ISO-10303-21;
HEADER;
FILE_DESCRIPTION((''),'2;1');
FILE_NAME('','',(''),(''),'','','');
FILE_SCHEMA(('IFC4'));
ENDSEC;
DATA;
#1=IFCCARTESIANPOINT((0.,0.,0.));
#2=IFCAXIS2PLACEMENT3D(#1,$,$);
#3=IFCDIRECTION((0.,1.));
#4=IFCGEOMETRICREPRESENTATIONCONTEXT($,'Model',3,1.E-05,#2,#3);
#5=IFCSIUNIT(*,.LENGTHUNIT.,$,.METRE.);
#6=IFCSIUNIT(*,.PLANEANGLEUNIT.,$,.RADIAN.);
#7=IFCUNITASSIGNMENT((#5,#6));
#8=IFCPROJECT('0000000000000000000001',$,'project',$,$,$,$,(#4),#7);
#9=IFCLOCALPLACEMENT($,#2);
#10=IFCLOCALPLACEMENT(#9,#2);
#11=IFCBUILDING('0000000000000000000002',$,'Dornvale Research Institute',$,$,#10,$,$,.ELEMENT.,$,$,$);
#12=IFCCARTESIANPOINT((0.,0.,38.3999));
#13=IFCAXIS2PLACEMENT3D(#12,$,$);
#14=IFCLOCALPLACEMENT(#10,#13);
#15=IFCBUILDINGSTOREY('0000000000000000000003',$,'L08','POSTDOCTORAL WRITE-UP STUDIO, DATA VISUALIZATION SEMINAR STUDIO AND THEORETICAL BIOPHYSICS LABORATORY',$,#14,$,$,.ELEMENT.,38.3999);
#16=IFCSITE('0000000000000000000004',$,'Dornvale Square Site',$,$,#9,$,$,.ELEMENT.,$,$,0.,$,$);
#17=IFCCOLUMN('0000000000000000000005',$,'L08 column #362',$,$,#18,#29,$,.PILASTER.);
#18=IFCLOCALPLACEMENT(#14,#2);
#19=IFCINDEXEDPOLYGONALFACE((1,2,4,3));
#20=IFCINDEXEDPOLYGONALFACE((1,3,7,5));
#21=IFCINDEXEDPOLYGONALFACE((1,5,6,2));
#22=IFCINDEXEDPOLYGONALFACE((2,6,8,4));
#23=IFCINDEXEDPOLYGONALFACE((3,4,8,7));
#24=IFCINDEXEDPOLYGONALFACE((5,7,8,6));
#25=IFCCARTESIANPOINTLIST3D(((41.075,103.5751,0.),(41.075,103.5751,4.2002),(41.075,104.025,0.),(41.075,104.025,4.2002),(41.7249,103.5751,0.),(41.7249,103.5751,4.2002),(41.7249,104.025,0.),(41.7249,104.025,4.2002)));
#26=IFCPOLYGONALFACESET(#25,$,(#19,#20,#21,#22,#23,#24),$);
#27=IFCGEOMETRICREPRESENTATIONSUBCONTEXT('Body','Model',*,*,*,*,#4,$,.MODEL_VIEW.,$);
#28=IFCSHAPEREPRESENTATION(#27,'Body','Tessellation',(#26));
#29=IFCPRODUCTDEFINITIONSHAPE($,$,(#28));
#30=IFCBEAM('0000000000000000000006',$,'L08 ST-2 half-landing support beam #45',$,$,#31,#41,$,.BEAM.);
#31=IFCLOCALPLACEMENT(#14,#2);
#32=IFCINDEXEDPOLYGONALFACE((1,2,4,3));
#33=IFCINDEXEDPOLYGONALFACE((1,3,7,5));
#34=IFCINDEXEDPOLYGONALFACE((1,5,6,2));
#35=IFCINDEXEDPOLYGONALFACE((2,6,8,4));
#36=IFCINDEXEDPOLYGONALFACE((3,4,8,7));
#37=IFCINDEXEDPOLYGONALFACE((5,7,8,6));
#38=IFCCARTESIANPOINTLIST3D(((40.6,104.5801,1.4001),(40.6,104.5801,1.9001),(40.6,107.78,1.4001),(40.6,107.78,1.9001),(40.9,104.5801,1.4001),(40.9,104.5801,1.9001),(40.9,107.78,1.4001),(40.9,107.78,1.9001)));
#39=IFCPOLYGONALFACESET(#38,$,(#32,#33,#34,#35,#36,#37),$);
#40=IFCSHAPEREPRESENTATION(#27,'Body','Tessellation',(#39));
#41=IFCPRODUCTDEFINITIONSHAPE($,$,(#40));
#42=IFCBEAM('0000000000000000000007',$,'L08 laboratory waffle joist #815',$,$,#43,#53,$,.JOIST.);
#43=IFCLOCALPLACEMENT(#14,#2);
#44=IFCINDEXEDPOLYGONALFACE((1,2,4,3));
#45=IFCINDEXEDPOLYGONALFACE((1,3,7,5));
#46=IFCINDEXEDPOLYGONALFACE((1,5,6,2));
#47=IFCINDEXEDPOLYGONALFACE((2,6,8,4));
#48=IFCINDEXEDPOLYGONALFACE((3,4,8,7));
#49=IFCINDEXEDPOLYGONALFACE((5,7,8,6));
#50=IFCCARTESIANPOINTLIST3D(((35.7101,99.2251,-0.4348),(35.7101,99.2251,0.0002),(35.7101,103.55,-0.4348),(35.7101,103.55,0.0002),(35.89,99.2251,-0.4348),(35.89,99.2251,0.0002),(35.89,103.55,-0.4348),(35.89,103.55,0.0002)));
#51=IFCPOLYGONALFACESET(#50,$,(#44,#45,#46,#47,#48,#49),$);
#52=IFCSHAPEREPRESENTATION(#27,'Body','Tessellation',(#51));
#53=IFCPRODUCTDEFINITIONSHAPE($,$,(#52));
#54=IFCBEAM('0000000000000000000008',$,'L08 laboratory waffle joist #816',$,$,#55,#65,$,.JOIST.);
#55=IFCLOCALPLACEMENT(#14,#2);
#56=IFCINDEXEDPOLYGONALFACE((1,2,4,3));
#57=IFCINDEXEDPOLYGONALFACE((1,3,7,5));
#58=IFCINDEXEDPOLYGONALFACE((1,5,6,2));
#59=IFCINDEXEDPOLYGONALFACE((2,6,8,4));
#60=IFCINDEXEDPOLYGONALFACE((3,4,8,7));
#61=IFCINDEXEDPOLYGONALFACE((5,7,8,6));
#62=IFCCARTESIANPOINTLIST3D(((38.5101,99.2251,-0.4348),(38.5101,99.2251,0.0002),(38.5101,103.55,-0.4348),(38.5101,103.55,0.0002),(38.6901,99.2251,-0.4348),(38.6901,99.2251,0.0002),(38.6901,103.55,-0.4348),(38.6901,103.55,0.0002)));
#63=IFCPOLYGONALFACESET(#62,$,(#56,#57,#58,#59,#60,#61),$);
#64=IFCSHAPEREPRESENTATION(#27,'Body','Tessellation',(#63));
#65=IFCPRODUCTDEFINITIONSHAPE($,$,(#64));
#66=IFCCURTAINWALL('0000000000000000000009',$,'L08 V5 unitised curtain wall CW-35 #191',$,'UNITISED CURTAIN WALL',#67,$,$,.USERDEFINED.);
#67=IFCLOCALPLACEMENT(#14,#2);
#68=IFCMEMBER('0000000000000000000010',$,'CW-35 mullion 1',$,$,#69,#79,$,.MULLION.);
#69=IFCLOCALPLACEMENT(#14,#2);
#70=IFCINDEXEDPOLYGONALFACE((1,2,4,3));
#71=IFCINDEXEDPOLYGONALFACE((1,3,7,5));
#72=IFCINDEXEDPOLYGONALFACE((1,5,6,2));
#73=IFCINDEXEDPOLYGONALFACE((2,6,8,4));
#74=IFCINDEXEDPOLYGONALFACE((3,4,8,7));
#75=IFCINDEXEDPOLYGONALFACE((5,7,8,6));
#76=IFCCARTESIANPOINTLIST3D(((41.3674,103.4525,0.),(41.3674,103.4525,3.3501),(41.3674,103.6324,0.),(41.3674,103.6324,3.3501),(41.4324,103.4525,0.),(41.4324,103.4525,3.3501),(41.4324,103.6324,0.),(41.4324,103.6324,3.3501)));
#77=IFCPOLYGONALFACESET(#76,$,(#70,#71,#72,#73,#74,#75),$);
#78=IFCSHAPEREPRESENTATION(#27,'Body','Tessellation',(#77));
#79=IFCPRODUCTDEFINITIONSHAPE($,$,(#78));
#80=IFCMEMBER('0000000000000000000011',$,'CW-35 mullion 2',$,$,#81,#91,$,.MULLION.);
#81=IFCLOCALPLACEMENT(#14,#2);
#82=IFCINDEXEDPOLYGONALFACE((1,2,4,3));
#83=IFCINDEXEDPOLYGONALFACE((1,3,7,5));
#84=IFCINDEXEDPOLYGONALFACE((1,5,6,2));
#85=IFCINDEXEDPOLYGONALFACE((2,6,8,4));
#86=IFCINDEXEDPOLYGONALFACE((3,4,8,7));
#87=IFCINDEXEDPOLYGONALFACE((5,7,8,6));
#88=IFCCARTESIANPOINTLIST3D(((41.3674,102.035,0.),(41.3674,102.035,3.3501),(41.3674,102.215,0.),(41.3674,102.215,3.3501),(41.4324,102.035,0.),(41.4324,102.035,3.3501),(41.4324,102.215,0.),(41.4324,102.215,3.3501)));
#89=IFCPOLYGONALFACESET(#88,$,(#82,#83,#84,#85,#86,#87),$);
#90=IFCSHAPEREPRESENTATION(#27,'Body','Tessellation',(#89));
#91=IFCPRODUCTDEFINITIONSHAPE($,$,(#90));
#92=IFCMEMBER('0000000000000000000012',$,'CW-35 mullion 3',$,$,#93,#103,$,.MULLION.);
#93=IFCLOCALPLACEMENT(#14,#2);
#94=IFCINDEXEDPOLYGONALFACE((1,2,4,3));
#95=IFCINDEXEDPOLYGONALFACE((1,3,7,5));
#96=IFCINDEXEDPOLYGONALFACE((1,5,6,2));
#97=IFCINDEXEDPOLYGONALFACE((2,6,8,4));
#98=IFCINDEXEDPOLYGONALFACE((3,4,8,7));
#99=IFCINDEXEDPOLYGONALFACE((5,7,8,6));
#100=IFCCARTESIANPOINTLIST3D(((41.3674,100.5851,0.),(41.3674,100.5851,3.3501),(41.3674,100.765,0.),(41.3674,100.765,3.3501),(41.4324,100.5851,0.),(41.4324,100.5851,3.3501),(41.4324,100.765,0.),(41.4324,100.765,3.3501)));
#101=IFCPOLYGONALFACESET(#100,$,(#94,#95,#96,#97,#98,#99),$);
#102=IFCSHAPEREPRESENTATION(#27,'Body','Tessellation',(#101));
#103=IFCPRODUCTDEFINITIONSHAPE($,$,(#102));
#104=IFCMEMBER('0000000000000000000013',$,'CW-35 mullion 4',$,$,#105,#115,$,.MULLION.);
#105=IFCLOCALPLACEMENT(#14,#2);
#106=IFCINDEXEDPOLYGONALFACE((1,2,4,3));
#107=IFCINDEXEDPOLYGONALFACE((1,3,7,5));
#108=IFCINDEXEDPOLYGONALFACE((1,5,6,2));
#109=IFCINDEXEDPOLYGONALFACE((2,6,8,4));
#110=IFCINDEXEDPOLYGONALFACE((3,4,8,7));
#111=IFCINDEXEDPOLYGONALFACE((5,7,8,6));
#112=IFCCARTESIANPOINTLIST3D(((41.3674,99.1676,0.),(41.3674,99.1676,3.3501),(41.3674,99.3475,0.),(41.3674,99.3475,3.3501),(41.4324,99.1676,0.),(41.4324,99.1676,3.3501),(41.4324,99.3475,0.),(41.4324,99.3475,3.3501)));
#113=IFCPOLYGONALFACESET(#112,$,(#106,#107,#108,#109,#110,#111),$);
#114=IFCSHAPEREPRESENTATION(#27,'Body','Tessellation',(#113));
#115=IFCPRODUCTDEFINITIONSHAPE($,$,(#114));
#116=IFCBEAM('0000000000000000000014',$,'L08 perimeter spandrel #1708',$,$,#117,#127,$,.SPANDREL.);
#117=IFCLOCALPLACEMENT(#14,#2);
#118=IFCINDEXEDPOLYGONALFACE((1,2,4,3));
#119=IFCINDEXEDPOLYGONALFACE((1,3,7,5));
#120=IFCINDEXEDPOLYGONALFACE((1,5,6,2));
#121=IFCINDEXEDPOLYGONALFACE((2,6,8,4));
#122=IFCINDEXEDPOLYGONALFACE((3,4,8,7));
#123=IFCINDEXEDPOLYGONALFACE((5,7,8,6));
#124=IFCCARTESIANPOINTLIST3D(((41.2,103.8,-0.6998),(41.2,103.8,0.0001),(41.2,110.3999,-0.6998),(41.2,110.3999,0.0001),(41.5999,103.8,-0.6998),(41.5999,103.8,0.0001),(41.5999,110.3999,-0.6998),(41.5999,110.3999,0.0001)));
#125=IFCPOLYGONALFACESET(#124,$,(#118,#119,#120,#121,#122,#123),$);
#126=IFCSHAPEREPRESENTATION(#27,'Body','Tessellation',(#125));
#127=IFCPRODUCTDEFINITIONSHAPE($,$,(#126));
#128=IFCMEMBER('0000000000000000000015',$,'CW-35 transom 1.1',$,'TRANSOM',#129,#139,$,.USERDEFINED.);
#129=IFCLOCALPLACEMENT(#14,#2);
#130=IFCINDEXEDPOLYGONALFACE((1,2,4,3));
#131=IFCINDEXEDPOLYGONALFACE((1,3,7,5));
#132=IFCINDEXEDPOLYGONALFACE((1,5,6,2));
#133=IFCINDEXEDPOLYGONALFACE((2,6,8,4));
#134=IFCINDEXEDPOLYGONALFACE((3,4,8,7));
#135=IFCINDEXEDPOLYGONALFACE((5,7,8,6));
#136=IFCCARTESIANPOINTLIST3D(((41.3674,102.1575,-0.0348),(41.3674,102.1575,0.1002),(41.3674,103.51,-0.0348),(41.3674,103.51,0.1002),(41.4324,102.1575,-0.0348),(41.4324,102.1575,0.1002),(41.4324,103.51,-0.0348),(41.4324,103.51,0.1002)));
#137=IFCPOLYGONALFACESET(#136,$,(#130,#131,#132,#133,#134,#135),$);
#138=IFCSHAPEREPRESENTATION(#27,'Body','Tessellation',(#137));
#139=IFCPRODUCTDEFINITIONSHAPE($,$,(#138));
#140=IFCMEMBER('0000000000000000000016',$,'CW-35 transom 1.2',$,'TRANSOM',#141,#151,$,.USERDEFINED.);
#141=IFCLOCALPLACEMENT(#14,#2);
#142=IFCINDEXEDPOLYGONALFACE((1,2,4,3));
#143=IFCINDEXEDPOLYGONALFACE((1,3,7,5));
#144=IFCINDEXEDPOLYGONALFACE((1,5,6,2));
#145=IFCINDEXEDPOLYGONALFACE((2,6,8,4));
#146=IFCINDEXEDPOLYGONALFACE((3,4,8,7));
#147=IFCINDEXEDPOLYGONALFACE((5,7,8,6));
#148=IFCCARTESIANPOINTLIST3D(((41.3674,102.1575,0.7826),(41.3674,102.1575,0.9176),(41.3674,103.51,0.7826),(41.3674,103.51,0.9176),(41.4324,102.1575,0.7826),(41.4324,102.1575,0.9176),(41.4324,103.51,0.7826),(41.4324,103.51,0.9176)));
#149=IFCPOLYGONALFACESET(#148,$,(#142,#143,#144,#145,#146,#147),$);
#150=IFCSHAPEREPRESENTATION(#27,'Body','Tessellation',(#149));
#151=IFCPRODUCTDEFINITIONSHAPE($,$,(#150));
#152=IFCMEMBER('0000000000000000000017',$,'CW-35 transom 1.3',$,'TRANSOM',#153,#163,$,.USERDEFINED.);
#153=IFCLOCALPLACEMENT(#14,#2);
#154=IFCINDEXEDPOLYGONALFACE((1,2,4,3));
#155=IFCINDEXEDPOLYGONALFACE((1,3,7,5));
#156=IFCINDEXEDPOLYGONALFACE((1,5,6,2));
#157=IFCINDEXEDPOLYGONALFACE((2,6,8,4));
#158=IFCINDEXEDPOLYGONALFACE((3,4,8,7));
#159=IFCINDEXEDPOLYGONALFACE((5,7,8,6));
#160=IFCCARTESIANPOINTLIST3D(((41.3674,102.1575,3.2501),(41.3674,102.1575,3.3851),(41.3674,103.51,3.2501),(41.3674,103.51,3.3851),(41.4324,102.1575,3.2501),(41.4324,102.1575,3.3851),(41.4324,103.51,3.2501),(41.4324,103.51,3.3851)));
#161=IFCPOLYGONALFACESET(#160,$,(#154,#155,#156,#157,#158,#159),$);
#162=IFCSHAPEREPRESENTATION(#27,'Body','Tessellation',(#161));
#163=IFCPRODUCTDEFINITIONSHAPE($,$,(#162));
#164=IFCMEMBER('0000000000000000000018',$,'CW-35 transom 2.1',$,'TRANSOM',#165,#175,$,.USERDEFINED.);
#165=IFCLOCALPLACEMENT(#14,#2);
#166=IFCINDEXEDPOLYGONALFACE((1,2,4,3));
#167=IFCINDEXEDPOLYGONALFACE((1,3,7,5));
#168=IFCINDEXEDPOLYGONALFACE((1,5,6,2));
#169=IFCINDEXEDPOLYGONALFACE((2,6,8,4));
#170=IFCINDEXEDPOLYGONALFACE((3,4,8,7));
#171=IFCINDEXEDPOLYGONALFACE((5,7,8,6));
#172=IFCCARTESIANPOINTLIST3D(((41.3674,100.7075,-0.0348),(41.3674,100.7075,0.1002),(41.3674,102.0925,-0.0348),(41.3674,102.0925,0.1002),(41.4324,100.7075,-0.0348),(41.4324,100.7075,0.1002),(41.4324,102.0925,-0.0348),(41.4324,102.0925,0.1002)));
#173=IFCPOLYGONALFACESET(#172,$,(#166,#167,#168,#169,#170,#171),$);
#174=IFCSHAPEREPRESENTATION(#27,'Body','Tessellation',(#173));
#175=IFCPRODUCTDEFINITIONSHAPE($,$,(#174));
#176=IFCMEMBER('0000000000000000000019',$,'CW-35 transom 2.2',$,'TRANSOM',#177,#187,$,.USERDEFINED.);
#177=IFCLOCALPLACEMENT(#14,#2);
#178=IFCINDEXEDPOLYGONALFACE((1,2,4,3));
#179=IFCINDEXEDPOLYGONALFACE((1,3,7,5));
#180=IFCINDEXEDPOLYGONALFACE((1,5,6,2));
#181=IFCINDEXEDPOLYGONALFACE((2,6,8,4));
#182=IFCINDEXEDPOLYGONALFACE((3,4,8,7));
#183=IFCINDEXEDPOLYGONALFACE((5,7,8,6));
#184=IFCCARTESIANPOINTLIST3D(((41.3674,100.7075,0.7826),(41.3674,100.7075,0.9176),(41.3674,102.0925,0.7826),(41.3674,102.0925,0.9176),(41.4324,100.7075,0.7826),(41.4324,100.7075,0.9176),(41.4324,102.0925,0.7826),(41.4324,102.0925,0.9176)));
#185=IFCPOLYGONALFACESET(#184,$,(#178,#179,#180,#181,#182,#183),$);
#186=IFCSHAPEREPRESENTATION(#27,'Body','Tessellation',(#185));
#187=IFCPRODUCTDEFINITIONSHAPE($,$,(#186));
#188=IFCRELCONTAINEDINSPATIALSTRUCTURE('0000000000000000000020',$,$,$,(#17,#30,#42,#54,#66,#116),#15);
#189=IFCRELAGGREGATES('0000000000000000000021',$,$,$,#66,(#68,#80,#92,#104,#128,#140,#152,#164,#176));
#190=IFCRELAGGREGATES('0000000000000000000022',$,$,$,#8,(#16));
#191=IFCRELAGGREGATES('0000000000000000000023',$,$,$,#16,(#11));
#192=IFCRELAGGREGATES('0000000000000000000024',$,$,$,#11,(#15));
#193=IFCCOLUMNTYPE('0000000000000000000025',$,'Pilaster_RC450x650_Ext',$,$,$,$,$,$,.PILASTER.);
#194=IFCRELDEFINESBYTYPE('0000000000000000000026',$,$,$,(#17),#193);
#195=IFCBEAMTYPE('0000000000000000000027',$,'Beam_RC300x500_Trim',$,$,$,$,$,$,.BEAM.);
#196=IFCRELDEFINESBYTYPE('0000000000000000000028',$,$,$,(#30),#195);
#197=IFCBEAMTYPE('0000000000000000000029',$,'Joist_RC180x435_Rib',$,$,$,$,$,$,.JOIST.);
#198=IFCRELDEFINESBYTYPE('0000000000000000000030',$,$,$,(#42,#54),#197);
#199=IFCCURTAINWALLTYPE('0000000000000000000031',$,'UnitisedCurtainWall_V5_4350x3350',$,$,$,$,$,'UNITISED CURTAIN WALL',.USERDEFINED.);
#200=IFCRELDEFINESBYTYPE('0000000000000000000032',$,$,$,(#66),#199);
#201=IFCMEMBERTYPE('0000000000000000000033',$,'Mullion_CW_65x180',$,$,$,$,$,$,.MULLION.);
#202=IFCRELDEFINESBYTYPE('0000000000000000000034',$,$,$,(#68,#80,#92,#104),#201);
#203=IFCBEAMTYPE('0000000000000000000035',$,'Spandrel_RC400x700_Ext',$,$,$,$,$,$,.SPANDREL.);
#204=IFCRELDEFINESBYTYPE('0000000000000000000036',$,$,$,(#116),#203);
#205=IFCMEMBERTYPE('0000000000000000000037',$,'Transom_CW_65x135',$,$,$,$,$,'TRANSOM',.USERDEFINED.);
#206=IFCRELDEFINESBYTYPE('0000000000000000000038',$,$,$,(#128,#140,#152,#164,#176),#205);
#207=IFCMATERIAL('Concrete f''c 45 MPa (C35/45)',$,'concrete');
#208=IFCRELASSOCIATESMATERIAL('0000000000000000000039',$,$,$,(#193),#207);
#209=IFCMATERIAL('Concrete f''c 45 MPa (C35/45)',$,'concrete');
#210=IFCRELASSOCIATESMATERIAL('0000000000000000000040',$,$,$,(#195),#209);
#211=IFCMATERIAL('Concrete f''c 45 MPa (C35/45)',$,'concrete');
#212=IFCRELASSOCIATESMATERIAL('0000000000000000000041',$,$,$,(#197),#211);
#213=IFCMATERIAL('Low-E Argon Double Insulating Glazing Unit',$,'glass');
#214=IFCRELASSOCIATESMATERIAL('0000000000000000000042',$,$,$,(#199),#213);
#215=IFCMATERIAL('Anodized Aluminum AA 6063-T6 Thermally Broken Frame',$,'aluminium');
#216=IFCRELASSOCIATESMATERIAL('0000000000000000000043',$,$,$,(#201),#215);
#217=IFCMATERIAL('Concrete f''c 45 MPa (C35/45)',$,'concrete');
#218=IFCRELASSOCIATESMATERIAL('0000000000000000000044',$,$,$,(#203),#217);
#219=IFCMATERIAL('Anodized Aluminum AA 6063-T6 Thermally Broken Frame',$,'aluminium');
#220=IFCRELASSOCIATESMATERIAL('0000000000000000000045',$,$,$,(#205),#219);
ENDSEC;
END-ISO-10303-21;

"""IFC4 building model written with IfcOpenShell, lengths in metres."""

from ifc_helpers import new_model, si_unit, direction, frame, origin, origin_2d, place, context, subcontext, project, spatial, rectangle, extrude, material, material_profile, profile_set, type_object, element, aggregate, save


model = new_model("IFC4")

# Units and contexts
model_context = context("Model", 3, precision=1e-05, world=origin(), true_north=direction((0.0, 1.0)))
body_context = subcontext(model_context, "Body", "Model", "MODEL_VIEW")
ifc_project = project(units=[si_unit("LENGTHUNIT", "METRE"), si_unit("PLANEANGLEUNIT", "RADIAN")], contexts=[model_context])

# Site, building, storey
site_placement = place(None, origin())
site = spatial("IfcSite", under=ifc_project, at=site_placement, Name="Dornvale Square Site", CompositionType="ELEMENT", RefElevation=0.0)
building_placement = place(site_placement, origin())
building = spatial("IfcBuilding", under=site, at=building_placement, Name="Dornvale Research Institute", CompositionType="ELEMENT")
storey_placement = place(building_placement, frame((0.0, 0.0, 38.3999)))
storey = spatial("IfcBuildingStorey", under=building, at=storey_placement, Name="L08", Description="POSTDOCTORAL WRITE-UP STUDIO, DATA VISUALIZATION SEMINAR STUDIO AND THEORETICAL BIOPHYSICS LABORATORY", CompositionType="ELEMENT", Elevation=38.3999)

# Column
ifc_material_1 = material(Name="Concrete f'c 45 MPa (C35/45)", Category="concrete")
ifc_material_profile_1 = material_profile(ifc_material_1, rectangle(XDim=0.45, YDim=0.6499, at=origin_2d()), Name="RC 450x650")
ifc_profile_set_1 = profile_set([ifc_material_profile_1], Name="Concrete f'c 45 MPa (C35/45)")
column_type = type_object("IfcColumnType", Name="Pilaster_RC450x650_Ext", PredefinedType="PILASTER", material=ifc_profile_set_1)
column_placement = place(storey_placement, frame((41.3999, 103.8, 0.0), z_axis=(0.0, 0.0, 1.0), x_axis=(0.0, 1.0, 0.0)))
element("IfcColumn", 1, at=column_placement, inside=storey, type_object=column_type, Name="L08 column #362", PredefinedType="PILASTER", context=body_context, shape_type="SweptSolid", body=[
    extrude(rectangle(XDim=0.45, YDim=0.6499, at=origin_2d()), origin(), (0.0, 0.0, 1.0), 4.2002),
])

# Beams
ifc_material_2 = material(Name="Concrete f'c 45 MPa (C35/45)", Category="concrete")
ifc_material_profile_2 = material_profile(ifc_material_2, rectangle(XDim=0.3, YDim=0.5, at=origin_2d()), Name="RC 300x500")
ifc_profile_set_2 = profile_set([ifc_material_profile_2], Name="Concrete f'c 45 MPa (C35/45)")
beam_type_1 = type_object("IfcBeamType", Name="Beam_RC300x500_Trim", PredefinedType="BEAM", material=ifc_profile_set_2)
beam_1_placement = place(storey_placement, frame((40.75, 104.5801, 1.6501), z_axis=(0.0, 1.0, 0.0), x_axis=(-1.0, 0.0, 0.0)))
element("IfcBeam", 2, at=beam_1_placement, inside=storey, type_object=beam_type_1, Name="L08 ST-2 half-landing support beam #45", PredefinedType="BEAM", context=body_context, shape_type="SweptSolid", body=[
    extrude(rectangle(XDim=0.3, YDim=0.5, at=origin_2d()), origin(), (0.0, 0.0, 1.0), 3.2),
])
ifc_material_3 = material(Name="Concrete f'c 45 MPa (C35/45)", Category="concrete")
ifc_material_profile_3 = material_profile(ifc_material_3, rectangle(XDim=0.1799, YDim=0.4351, at=origin_2d()), Name="RC 180x435")
ifc_profile_set_3 = profile_set([ifc_material_profile_3], Name="Concrete f'c 45 MPa (C35/45)")
beam_type_2 = type_object("IfcBeamType", Name="Joist_RC180x435_Rib", PredefinedType="JOIST", material=ifc_profile_set_3)
for number, where, z_axis, x_axis, name in (
    (3, (35.8, 99.2251, -0.2173), (0.0, 1.0, 0.0), (-1.0, 0.0, 0.0), "L08 laboratory waffle joist #815"),
    (4, (38.6001, 99.2251, -0.2173), (0.0, 1.0, 0.0), (-1.0, 0.0, 0.0), "L08 laboratory waffle joist #816"),
):
    element("IfcBeam", number, at=place(storey_placement, frame(where, z_axis=z_axis, x_axis=x_axis)), inside=storey, type_object=beam_type_2, Name=name, PredefinedType="JOIST", context=body_context, shape_type="SweptSolid", body=[
        extrude(rectangle(XDim=0.1799, YDim=0.4351, at=origin_2d()), origin(), (0.0, 0.0, 1.0), 4.325),
    ])

# Curtain wall, members
ifc_material_4 = material(Name="Low-E Argon Double Insulating Glazing Unit", Category="glass")
curtain_wall_type = type_object("IfcCurtainWallType", Name="UnitisedCurtainWall_V5_4350x3350", ElementType="UNITISED CURTAIN WALL", PredefinedType="USERDEFINED", material=ifc_material_4)
curtain_wall_placement = place(storey_placement, origin())
curtain_wall = element("IfcCurtainWall", 5, at=curtain_wall_placement, inside=storey, type_object=curtain_wall_type, Name="L08 V5 unitised curtain wall CW-35 #191", ObjectType="UNITISED CURTAIN WALL", PredefinedType="USERDEFINED")
ifc_material_5 = material(Name="Anodized Aluminum AA 6063-T6 Thermally Broken Frame", Category="aluminium")
ifc_material_profile_4 = material_profile(ifc_material_5, rectangle(XDim=0.0649, YDim=0.1799, at=origin_2d()), Name="ALU MULLION 65x180")
ifc_profile_set_4 = profile_set([ifc_material_profile_4], Name="Anodized Aluminum AA 6063-T6 Thermally Broken Frame")
member_type_1 = type_object("IfcMemberType", Name="Mullion_CW_65x180", PredefinedType="MULLION", material=ifc_profile_set_4)
member_1_placement = place(storey_placement, frame((41.3999, 103.5425, 0.0), z_axis=(0.0, 0.0, 1.0), x_axis=(1.0, 0.0, 0.0)))
member_1 = element("IfcMember", 6, at=member_1_placement, type_object=member_type_1, Name="CW-35 mullion 1", PredefinedType="MULLION", context=body_context, shape_type="SweptSolid", body=[
    extrude(rectangle(XDim=0.0649, YDim=0.1799, at=origin_2d()), origin(), (0.0, 0.0, 1.0), 3.3501),
])
member_2_placement = place(storey_placement, frame((41.3999, 102.125, 0.0), z_axis=(0.0, 0.0, 1.0), x_axis=(1.0, 0.0, 0.0)))
member_2 = element("IfcMember", 7, at=member_2_placement, type_object=member_type_1, Name="CW-35 mullion 2", PredefinedType="MULLION", context=body_context, shape_type="SweptSolid", body=[
    extrude(rectangle(XDim=0.0649, YDim=0.1799, at=origin_2d()), origin(), (0.0, 0.0, 1.0), 3.3501),
])
member_3_placement = place(storey_placement, frame((41.3999, 100.675, 0.0), z_axis=(0.0, 0.0, 1.0), x_axis=(1.0, 0.0, 0.0)))
member_3 = element("IfcMember", 8, at=member_3_placement, type_object=member_type_1, Name="CW-35 mullion 3", PredefinedType="MULLION", context=body_context, shape_type="SweptSolid", body=[
    extrude(rectangle(XDim=0.0649, YDim=0.1799, at=origin_2d()), origin(), (0.0, 0.0, 1.0), 3.3501),
])
member_4_placement = place(storey_placement, frame((41.3999, 99.2576, 0.0), z_axis=(0.0, 0.0, 1.0), x_axis=(1.0, 0.0, 0.0)))
member_4 = element("IfcMember", 9, at=member_4_placement, type_object=member_type_1, Name="CW-35 mullion 4", PredefinedType="MULLION", context=body_context, shape_type="SweptSolid", body=[
    extrude(rectangle(XDim=0.0649, YDim=0.1799, at=origin_2d()), origin(), (0.0, 0.0, 1.0), 3.3501),
])

# Beam
ifc_material_6 = material(Name="Concrete f'c 45 MPa (C35/45)", Category="concrete")
ifc_material_profile_5 = material_profile(ifc_material_6, rectangle(XDim=0.3999, YDim=0.7, at=origin_2d()), Name="RC 400x700")
ifc_profile_set_5 = profile_set([ifc_material_profile_5], Name="Concrete f'c 45 MPa (C35/45)")
beam_type_3 = type_object("IfcBeamType", Name="Spandrel_RC400x700_Ext", PredefinedType="SPANDREL", material=ifc_profile_set_5)
beam_2_placement = place(storey_placement, frame((41.3999, 103.8, -0.3499), z_axis=(0.0, 1.0, 0.0), x_axis=(-1.0, 0.0, 0.0)))
element("IfcBeam", 10, at=beam_2_placement, inside=storey, type_object=beam_type_3, Name="L08 perimeter spandrel #1708", PredefinedType="SPANDREL", context=body_context, shape_type="SweptSolid", body=[
    extrude(rectangle(XDim=0.3999, YDim=0.7, at=origin_2d()), origin(), (0.0, 0.0, 1.0), 6.5999),
])

# Members
ifc_material_7 = material(Name="Anodized Aluminum AA 6063-T6 Thermally Broken Frame", Category="aluminium")
ifc_material_profile_6 = material_profile(ifc_material_7, rectangle(XDim=0.0649, YDim=0.135, at=origin_2d()), Name="ALU TRANSOM 65x135")
ifc_profile_set_6 = profile_set([ifc_material_profile_6], Name="Anodized Aluminum AA 6063-T6 Thermally Broken Frame")
member_type_2 = type_object("IfcMemberType", Name="Transom_CW_65x135", ElementType="TRANSOM", PredefinedType="USERDEFINED", material=ifc_profile_set_6)
member_5_placement = place(storey_placement, frame((41.3999, 103.51, 0.0327), z_axis=(0.0, -1.0, 0.0), x_axis=(1.0, 0.0, 0.0)))
member_5 = element("IfcMember", 11, at=member_5_placement, type_object=member_type_2, Name="CW-35 transom 1.1", ObjectType="TRANSOM", PredefinedType="USERDEFINED", context=body_context, shape_type="SweptSolid", body=[
    extrude(rectangle(XDim=0.0649, YDim=0.135, at=origin_2d()), origin(), (0.0, 0.0, 1.0), 1.3525),
])
member_6_placement = place(storey_placement, frame((41.3999, 103.51, 0.8501), z_axis=(0.0, -1.0, 0.0), x_axis=(1.0, 0.0, 0.0)))
member_6 = element("IfcMember", 12, at=member_6_placement, type_object=member_type_2, Name="CW-35 transom 1.2", ObjectType="TRANSOM", PredefinedType="USERDEFINED", context=body_context, shape_type="SweptSolid", body=[
    extrude(rectangle(XDim=0.0649, YDim=0.135, at=origin_2d()), origin(), (0.0, 0.0, 1.0), 1.3525),
])
member_7_placement = place(storey_placement, frame((41.3999, 103.51, 3.3176), z_axis=(0.0, -1.0, 0.0), x_axis=(1.0, 0.0, 0.0)))
member_7 = element("IfcMember", 13, at=member_7_placement, type_object=member_type_2, Name="CW-35 transom 1.3", ObjectType="TRANSOM", PredefinedType="USERDEFINED", context=body_context, shape_type="SweptSolid", body=[
    extrude(rectangle(XDim=0.0649, YDim=0.135, at=origin_2d()), origin(), (0.0, 0.0, 1.0), 1.3525),
])
member_8_placement = place(storey_placement, frame((41.3999, 102.0925, 0.0327), z_axis=(0.0, -1.0, 0.0), x_axis=(1.0, 0.0, 0.0)))
member_8 = element("IfcMember", 14, at=member_8_placement, type_object=member_type_2, Name="CW-35 transom 2.1", ObjectType="TRANSOM", PredefinedType="USERDEFINED", context=body_context, shape_type="SweptSolid", body=[
    extrude(rectangle(XDim=0.0649, YDim=0.135, at=origin_2d()), origin(), (0.0, 0.0, 1.0), 1.385),
])
member_9_placement = place(storey_placement, frame((41.3999, 102.0925, 0.8501), z_axis=(0.0, -1.0, 0.0), x_axis=(1.0, 0.0, 0.0)))
member_9 = element("IfcMember", 15, at=member_9_placement, type_object=member_type_2, Name="CW-35 transom 2.2", ObjectType="TRANSOM", PredefinedType="USERDEFINED", context=body_context, shape_type="SweptSolid", body=[
    extrude(rectangle(XDim=0.0649, YDim=0.135, at=origin_2d()), origin(), (0.0, 0.0, 1.0), 1.385),
])

aggregate(curtain_wall, [member_1, member_2, member_3, member_4, member_5, member_6, member_7, member_8, member_9])

save(model, "model.ifc")
